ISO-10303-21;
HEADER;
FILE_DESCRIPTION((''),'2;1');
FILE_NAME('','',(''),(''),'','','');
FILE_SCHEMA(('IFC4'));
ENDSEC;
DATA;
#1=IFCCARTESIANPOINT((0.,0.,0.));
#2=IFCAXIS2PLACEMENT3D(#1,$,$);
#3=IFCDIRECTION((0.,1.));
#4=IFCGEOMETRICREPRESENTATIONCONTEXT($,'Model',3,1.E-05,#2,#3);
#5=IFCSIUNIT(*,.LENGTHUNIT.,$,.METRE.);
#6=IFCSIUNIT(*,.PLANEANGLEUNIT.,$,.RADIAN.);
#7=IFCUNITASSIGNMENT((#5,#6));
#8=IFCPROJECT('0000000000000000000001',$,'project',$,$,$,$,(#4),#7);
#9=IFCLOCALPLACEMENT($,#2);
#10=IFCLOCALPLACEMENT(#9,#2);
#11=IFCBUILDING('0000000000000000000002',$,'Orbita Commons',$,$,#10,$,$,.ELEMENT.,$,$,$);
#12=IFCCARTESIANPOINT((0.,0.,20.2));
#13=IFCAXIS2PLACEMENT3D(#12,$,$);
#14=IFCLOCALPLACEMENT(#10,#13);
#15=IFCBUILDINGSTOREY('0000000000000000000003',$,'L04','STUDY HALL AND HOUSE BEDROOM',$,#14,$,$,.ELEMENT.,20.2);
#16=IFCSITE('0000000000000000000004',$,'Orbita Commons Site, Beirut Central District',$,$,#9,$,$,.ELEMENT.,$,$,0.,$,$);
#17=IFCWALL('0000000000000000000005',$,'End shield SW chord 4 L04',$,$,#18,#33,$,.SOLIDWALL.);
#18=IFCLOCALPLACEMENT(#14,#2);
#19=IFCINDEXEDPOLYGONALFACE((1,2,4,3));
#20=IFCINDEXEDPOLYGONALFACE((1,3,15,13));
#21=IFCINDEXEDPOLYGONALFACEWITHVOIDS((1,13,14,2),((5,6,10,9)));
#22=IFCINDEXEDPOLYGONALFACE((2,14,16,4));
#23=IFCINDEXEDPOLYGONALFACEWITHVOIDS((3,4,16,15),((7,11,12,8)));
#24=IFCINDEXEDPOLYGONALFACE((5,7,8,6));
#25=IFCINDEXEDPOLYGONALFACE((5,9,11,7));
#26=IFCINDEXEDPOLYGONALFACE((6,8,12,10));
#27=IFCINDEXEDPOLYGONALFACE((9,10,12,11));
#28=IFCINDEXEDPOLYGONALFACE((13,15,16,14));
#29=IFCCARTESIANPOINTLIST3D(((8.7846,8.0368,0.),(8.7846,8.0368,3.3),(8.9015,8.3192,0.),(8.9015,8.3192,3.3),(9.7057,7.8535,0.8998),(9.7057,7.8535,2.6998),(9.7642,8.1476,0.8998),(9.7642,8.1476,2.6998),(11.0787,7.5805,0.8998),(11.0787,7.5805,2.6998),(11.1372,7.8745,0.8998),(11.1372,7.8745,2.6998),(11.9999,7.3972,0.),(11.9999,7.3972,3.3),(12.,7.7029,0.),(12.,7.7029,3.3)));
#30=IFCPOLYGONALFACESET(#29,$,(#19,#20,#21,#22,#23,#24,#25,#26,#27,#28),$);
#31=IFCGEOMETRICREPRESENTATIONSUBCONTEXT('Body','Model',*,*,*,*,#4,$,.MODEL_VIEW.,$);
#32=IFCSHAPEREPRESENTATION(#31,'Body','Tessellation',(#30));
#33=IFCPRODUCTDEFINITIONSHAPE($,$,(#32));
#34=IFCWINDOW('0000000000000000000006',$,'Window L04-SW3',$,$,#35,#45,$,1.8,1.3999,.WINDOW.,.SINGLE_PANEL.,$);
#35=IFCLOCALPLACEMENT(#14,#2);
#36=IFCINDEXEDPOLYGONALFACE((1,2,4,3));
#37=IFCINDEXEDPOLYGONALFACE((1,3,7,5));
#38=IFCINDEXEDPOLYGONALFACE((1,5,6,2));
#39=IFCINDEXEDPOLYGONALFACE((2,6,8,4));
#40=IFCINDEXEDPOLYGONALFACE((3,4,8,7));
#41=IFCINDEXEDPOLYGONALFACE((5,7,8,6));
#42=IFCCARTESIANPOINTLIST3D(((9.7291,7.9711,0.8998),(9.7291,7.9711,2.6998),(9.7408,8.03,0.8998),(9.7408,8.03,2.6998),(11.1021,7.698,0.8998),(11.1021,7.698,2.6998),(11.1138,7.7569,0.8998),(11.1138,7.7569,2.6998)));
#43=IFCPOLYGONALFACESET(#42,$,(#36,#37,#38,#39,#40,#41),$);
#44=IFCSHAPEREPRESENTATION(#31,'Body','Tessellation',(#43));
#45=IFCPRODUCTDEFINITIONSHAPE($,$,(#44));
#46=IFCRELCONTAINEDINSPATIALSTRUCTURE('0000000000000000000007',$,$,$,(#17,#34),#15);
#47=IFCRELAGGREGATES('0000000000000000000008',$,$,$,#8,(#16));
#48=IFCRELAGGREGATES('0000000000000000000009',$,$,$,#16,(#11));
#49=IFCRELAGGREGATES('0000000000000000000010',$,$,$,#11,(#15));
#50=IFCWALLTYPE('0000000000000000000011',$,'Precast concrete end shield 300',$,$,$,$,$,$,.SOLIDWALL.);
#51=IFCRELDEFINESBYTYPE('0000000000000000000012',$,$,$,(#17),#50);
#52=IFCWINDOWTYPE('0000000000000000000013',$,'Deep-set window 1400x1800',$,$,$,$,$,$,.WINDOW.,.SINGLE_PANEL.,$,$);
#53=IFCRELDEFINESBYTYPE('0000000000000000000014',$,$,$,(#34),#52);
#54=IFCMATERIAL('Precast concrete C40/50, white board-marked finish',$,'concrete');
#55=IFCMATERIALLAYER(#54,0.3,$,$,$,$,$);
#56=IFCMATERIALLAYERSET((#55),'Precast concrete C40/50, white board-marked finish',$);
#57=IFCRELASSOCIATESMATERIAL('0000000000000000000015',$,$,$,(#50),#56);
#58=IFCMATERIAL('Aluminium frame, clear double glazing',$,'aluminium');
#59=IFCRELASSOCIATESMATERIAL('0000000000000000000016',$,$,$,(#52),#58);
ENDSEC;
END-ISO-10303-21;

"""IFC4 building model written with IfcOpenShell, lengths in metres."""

from ifc_helpers import new_model, si_unit, direction, frame, frame_2d, origin, place, context, subcontext, project, spatial, polyline, rectangle, outline, extrude, material, layer, layer_set, type_object, element, fill, save


model = new_model("IFC4")

# Units and contexts
model_context = context("Model", 3, precision=1e-05, world=origin(), true_north=direction((0.0, 1.0)))
body_context = subcontext(model_context, "Body", "Model", "MODEL_VIEW")
ifc_project = project(units=[si_unit("LENGTHUNIT", "METRE"), si_unit("PLANEANGLEUNIT", "RADIAN")], contexts=[model_context])

# Site, building, storey
site_placement = place(None, origin())
site = spatial("IfcSite", under=ifc_project, at=site_placement, Name="Orbita Commons Site, Beirut Central District", CompositionType="ELEMENT", RefElevation=0.0)
building_placement = place(site_placement, origin())
building = spatial("IfcBuilding", under=site, at=building_placement, Name="Orbita Commons", CompositionType="ELEMENT")
storey_placement = place(building_placement, frame((0.0, 0.0, 20.2)))
storey = spatial("IfcBuildingStorey", under=building, at=storey_placement, Name="L04", Description="STUDY HALL AND HOUSE BEDROOM", CompositionType="ELEMENT", Elevation=20.2)

# Wall, opening, window
ifc_material_1 = material(Name="Precast concrete C40/50, white board-marked finish", Category="concrete")
ifc_layer_1 = layer(ifc_material_1, 0.3)
ifc_layer_set_1 = layer_set([ifc_layer_1], Name="Precast concrete C40/50, white board-marked finish")
wall_type_1 = type_object("IfcWallType", Name="Precast concrete end shield 300", PredefinedType="SOLIDWALL", material=ifc_layer_set_1)
ifc_material_2 = material(Name="Aluminium frame, clear double glazing", Category="aluminium")
window_type = type_object("IfcWindowType", Name="Deep-set window 1400x1800", PartitioningType="SINGLE_PANEL", PredefinedType="WINDOW", material=ifc_material_2)
wall_1_placement = place(storey_placement, frame((8.843, 8.178, 0.0), z_axis=(0.0, 0.0, 1.0), x_axis=(0.980787, -0.19508, 0.0)))
wall_1 = element("IfcWall", 1, at=wall_1_placement, inside=storey, type_object=wall_type_1, Name="End shield SW chord 4 L04", PredefinedType="SOLIDWALL", context=body_context, shape_type="SweptSolid", body=[
    extrude(outline(polyline([(-0.0298, -0.1499), (3.2485, -0.1499), (3.189, 0.1499), (0.0298, 0.1499), (-0.0298, -0.1499)])), origin(), (0.0, 0.0, 1.0), 3.3),
])
opening_1_placement = place(wall_1_placement, frame((0.9094, 0.0, 0.8999)))
opening_1 = element("IfcOpeningElement", 2, at=opening_1_placement, cuts=wall_1, PredefinedType="OPENING", context=body_context, shape_type="SweptSolid", body=[
    extrude(rectangle(XDim=1.3999, YDim=1.8, at=frame_2d((0.7, 0.8999))), frame((0.0, 0.1599, 0.0), z_axis=(0.0, -1.0, 0.0), x_axis=(1.0, 0.0, 0.0)), (0.0, 0.0, 1.0), 0.3201),
])
window_1_placement = place(opening_1_placement, origin())
window_1 = element("IfcWindow", 3, at=window_1_placement, inside=storey, type_object=window_type, Name="Window L04-SW3", OverallHeight=1.8, OverallWidth=1.3999, PartitioningType="SINGLE_PANEL", PredefinedType="WINDOW", context=body_context, shape_type="SweptSolid", body=[
    extrude(rectangle(XDim=1.3999, YDim=1.8, at=frame_2d((0.7, 0.8999))), frame((0.0, 0.03, 0.0), z_axis=(0.0, -1.0, 0.0), x_axis=(1.0, 0.0, 0.0)), (0.0, 0.0, 1.0), 0.0601),
])
fill(opening_1, window_1)

save(model, "model.ifc")
